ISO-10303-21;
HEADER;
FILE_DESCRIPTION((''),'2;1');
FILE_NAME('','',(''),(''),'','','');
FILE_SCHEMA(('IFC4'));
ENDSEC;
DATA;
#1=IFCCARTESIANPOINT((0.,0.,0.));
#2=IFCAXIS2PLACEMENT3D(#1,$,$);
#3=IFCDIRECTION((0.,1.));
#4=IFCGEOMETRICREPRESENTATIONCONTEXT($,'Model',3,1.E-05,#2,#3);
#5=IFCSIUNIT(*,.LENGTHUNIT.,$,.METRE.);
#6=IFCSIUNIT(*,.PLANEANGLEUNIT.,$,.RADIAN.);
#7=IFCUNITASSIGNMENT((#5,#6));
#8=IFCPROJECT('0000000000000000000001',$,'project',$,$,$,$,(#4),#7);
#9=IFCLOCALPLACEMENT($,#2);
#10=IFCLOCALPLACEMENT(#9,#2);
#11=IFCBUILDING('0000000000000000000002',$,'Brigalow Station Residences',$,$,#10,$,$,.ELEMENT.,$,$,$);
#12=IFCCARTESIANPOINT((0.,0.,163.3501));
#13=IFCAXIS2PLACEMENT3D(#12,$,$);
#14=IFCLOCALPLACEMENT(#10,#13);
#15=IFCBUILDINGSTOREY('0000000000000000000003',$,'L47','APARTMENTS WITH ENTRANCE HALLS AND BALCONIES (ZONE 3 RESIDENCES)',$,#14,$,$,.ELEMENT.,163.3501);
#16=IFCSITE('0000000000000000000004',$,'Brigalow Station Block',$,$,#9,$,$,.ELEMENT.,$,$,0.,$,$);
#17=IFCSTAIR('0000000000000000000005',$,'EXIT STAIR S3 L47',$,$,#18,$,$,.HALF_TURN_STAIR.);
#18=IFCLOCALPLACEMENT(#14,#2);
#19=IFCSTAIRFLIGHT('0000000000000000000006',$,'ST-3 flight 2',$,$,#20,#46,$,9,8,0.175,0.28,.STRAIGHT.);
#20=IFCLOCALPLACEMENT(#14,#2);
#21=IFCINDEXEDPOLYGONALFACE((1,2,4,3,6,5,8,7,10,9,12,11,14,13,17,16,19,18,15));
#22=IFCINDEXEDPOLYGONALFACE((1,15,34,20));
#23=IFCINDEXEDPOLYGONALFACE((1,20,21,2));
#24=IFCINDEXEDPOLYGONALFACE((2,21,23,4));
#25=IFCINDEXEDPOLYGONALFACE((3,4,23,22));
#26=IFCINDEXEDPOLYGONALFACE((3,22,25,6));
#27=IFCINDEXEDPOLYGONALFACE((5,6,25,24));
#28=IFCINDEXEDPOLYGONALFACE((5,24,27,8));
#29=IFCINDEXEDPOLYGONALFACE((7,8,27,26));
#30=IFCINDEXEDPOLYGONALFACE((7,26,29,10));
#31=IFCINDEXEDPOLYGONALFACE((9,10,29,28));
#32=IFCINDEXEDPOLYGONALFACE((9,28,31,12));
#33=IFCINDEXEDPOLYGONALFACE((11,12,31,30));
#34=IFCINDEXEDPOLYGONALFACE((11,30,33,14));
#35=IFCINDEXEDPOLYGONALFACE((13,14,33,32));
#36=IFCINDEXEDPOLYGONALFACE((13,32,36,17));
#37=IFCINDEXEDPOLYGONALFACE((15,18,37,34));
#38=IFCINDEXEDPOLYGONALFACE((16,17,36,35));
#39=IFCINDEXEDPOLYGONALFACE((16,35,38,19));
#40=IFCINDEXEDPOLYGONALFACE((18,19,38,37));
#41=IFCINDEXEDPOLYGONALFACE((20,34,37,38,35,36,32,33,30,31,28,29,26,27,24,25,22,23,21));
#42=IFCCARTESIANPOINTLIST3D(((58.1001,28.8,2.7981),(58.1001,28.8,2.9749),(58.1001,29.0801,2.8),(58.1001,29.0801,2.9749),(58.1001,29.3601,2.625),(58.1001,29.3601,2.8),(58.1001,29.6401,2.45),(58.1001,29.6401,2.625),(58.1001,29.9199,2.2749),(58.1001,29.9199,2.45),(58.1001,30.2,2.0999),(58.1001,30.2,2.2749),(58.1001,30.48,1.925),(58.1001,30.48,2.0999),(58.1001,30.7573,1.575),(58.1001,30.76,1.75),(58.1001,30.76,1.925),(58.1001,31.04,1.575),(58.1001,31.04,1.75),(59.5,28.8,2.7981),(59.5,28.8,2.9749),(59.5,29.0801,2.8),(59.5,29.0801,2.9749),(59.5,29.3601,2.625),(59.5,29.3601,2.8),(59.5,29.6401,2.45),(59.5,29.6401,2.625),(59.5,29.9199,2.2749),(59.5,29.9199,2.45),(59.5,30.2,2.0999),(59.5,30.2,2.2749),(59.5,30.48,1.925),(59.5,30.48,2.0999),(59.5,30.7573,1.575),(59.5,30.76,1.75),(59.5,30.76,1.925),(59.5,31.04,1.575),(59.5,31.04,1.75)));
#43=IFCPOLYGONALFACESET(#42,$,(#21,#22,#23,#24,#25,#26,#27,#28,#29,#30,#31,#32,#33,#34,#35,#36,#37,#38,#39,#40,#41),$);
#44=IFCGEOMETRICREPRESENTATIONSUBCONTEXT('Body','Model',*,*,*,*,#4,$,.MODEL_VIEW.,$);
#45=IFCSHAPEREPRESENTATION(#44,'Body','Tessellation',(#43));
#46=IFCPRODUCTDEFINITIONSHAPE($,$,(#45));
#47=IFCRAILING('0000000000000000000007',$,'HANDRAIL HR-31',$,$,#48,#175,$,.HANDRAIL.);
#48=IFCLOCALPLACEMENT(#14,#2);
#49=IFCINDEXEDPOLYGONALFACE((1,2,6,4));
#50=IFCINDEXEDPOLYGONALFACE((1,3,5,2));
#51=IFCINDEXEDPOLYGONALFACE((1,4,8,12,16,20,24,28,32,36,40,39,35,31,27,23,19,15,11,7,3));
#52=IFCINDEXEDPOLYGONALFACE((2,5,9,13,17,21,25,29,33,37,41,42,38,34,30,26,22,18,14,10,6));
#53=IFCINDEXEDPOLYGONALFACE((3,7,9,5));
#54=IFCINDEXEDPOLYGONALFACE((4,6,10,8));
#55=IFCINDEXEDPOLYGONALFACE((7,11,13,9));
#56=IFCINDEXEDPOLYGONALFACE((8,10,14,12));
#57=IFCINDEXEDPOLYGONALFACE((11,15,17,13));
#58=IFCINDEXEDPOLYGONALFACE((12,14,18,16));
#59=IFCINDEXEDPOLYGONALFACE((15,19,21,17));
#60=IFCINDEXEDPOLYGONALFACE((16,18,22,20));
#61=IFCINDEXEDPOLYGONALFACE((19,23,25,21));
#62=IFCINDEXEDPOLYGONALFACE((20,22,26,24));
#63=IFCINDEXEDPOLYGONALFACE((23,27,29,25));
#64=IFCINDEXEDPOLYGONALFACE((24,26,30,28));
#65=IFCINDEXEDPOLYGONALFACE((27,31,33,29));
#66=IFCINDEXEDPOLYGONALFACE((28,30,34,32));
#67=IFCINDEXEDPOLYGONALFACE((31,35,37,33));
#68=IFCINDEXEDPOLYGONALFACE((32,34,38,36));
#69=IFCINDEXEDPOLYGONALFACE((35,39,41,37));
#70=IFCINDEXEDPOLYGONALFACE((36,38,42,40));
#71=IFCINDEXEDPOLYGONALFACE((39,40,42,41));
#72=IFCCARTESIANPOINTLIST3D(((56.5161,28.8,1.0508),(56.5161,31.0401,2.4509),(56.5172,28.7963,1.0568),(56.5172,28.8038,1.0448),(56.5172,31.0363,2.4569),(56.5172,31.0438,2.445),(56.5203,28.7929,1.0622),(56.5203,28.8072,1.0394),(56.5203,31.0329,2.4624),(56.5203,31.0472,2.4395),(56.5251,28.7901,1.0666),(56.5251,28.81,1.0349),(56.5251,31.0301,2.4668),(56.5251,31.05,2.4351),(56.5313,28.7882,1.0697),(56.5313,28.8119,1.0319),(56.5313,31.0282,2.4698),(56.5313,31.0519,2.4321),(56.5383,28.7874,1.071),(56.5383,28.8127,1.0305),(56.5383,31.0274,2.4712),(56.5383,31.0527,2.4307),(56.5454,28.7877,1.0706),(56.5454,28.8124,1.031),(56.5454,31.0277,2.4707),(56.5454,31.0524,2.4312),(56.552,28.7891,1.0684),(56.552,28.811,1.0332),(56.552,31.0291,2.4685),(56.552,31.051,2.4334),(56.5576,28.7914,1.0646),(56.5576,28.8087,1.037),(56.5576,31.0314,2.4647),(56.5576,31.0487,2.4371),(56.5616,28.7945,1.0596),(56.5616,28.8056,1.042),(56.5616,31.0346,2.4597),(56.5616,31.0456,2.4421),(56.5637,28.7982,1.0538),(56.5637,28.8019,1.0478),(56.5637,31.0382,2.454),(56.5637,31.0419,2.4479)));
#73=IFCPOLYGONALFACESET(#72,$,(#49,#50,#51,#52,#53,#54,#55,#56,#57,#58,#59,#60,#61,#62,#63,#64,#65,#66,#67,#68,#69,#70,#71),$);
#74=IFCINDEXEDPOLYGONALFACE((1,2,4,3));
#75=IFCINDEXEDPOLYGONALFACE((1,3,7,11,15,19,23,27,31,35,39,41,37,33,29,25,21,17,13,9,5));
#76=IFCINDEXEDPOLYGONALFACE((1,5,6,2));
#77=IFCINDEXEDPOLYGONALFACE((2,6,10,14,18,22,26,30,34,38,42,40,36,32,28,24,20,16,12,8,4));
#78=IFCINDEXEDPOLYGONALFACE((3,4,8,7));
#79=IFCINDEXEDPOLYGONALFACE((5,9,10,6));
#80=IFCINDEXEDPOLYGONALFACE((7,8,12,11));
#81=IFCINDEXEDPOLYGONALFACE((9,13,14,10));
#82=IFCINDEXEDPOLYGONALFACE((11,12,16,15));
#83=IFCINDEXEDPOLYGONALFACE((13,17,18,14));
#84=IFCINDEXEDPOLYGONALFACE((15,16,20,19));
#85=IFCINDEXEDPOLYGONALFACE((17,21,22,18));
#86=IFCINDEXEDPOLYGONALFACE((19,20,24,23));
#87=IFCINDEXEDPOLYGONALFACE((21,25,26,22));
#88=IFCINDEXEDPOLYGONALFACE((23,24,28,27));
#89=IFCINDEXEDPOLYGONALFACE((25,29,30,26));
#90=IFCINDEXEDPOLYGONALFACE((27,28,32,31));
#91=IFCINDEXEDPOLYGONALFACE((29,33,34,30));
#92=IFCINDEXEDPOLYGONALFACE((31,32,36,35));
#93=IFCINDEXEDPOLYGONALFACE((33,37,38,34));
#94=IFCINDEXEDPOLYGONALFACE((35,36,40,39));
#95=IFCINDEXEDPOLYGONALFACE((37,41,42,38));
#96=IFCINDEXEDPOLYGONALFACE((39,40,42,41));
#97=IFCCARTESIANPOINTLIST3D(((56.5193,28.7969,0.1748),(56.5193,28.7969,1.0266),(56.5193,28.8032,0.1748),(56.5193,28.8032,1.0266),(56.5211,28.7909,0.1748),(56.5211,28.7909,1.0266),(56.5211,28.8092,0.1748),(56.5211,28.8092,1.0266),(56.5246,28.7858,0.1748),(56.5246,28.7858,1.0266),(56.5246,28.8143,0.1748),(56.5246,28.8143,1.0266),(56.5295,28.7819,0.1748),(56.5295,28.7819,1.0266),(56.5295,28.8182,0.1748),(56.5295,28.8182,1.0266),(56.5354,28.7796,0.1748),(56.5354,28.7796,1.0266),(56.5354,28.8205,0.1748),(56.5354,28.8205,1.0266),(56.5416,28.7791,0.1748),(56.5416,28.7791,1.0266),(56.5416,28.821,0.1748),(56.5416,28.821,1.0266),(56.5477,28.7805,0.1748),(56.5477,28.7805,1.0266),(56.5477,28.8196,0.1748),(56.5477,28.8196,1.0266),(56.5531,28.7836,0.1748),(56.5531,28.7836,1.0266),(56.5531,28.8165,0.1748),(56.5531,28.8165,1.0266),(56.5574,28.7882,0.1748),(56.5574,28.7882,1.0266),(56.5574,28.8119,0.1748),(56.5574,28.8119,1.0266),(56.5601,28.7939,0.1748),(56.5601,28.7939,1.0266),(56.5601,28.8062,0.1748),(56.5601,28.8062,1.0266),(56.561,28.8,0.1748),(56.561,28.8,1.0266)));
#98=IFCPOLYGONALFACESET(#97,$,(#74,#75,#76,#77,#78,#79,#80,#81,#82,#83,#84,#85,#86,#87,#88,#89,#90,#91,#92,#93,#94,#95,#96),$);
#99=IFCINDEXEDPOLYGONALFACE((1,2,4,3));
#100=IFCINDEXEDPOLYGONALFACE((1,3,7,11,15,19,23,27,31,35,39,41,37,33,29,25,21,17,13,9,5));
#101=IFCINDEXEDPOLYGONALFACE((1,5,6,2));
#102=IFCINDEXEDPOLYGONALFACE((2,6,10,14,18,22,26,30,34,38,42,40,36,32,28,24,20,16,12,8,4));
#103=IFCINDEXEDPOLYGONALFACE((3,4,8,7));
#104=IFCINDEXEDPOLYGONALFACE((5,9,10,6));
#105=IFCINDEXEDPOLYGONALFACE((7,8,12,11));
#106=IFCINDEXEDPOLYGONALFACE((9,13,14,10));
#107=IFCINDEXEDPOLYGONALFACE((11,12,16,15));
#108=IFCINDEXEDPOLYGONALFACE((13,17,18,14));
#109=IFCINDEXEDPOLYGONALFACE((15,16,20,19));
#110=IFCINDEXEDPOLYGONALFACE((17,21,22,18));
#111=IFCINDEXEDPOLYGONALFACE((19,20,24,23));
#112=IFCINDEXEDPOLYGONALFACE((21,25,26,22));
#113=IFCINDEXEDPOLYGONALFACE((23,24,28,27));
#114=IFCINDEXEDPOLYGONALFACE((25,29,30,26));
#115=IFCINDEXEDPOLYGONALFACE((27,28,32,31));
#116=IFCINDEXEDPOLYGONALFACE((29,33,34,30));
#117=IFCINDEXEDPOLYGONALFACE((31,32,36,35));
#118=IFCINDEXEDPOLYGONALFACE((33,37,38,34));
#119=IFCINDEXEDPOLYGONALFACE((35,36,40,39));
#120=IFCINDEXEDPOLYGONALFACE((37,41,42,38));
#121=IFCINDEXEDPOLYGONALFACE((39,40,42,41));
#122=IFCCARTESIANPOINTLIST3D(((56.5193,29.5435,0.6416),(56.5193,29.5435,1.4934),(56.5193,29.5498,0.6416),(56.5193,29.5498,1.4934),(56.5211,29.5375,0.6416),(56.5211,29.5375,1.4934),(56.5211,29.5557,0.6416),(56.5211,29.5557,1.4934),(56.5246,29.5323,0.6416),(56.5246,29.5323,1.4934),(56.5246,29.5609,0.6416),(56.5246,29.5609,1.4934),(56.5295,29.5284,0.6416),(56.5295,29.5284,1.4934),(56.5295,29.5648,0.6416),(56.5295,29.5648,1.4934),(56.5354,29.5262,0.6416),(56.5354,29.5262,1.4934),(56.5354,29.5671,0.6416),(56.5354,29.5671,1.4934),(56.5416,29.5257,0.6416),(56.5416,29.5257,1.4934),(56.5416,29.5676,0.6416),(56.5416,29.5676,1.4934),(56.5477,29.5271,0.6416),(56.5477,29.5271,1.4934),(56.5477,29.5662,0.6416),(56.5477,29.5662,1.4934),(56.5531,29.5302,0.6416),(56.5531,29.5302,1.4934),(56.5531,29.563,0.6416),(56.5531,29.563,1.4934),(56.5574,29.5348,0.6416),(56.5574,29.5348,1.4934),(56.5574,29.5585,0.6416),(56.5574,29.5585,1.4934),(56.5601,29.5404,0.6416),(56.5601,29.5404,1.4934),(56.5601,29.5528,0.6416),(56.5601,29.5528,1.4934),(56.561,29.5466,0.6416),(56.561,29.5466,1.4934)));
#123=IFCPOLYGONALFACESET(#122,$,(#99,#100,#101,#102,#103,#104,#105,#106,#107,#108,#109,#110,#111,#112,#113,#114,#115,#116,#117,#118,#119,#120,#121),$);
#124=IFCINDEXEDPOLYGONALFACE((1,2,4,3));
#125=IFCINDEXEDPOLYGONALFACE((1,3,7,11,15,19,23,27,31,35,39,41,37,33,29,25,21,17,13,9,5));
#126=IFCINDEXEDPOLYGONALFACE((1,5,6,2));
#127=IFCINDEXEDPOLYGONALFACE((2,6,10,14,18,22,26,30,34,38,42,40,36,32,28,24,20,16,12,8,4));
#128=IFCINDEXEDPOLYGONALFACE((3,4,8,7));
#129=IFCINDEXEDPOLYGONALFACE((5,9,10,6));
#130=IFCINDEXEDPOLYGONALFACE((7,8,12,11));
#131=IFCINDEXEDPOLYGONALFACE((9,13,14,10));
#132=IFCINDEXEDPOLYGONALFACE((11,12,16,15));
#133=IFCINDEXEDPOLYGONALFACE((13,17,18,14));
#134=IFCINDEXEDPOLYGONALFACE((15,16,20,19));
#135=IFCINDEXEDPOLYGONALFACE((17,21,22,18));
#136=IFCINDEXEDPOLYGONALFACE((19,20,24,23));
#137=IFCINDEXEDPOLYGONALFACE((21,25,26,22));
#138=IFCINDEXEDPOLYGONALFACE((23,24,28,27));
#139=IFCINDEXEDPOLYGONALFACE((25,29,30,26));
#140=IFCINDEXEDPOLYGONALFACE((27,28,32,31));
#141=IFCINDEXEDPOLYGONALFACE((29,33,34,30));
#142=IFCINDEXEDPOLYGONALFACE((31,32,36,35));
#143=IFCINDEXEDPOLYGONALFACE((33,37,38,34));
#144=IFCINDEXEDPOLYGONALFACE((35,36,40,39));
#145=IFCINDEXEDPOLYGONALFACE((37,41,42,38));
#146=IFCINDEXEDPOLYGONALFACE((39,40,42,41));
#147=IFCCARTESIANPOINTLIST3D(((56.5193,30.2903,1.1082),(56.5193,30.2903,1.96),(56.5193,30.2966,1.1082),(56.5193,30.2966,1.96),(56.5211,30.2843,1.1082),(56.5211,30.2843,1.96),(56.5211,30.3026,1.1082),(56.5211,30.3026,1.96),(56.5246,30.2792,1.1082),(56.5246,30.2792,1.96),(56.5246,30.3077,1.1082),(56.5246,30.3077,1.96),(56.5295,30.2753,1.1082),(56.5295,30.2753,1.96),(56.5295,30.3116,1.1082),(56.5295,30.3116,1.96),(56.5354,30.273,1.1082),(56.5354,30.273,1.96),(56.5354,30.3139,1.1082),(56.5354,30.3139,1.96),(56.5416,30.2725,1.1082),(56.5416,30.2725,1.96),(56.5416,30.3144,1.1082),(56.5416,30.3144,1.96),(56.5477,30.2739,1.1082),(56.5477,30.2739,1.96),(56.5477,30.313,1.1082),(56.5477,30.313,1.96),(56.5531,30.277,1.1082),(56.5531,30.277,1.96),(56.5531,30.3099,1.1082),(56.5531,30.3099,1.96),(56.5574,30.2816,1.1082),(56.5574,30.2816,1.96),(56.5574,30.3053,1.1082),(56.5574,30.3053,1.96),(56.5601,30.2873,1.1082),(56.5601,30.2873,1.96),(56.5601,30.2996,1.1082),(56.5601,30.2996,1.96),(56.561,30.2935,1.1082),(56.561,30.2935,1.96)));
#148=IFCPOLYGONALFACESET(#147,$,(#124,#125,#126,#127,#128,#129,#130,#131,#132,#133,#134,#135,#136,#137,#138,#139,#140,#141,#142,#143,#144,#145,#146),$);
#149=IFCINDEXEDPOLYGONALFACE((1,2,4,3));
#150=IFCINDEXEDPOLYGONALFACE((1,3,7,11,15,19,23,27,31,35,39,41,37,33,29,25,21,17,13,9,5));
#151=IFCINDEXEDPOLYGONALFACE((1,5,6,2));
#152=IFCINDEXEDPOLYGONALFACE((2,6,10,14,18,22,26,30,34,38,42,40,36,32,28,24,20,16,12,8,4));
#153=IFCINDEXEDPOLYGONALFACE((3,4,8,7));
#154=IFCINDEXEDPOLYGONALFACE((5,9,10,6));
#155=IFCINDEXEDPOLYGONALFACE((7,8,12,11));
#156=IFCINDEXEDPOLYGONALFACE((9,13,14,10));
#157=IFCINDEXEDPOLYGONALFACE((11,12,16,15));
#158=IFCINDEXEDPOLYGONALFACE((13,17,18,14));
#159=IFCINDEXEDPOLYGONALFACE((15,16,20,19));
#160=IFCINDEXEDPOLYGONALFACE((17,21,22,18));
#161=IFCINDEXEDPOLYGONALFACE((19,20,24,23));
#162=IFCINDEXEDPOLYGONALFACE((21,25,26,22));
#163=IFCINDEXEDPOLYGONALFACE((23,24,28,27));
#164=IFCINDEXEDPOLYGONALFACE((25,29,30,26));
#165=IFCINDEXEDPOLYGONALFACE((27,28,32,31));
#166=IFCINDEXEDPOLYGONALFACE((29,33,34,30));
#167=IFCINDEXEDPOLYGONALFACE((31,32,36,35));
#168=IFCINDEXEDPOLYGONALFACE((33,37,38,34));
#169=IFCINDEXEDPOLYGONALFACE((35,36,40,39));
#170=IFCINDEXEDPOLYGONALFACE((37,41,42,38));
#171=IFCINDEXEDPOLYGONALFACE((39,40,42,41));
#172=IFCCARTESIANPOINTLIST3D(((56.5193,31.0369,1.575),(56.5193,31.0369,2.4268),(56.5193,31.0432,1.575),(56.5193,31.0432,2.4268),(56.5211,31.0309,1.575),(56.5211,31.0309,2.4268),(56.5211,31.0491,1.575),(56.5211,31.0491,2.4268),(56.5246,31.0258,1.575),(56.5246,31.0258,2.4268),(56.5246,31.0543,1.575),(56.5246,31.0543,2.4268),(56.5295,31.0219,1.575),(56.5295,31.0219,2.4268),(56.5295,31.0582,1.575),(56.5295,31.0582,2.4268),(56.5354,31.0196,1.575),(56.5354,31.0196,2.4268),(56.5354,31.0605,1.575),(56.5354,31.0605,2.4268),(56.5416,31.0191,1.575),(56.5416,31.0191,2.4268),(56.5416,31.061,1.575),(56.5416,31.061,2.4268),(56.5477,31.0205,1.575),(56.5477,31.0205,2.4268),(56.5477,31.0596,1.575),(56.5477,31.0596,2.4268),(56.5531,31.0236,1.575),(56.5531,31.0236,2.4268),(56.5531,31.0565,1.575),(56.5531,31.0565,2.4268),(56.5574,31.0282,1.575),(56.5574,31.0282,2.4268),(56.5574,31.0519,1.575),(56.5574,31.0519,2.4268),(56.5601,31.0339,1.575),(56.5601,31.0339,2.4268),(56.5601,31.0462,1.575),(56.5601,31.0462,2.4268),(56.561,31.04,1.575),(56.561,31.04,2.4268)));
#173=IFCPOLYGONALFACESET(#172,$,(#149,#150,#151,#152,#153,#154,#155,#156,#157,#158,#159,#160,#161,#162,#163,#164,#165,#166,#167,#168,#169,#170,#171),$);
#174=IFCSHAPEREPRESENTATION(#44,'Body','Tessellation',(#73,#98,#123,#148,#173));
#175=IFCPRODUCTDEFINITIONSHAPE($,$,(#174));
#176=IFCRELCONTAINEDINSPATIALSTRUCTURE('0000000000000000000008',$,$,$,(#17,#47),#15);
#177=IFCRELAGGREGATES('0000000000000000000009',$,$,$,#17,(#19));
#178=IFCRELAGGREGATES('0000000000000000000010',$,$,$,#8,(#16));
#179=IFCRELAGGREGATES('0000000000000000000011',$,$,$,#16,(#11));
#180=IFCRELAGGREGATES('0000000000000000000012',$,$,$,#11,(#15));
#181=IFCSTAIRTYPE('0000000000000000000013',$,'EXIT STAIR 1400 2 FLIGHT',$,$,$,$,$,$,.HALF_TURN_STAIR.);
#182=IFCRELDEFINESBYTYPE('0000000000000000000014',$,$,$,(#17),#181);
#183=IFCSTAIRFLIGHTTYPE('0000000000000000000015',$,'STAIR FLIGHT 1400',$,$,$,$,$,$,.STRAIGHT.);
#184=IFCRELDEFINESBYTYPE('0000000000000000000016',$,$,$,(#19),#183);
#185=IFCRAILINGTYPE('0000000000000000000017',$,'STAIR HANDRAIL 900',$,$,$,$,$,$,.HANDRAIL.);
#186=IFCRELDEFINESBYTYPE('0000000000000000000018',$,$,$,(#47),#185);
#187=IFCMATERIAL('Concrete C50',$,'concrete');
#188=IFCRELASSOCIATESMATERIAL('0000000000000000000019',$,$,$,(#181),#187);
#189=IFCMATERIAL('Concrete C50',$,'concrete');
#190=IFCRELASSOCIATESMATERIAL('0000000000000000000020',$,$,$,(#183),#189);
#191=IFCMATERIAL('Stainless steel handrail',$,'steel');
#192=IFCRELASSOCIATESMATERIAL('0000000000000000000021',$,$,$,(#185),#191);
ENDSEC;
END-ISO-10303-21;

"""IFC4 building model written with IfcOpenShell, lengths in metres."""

from ifc_helpers import new_model, si_unit, direction, frame, origin, origin_2d, place, context, subcontext, project, spatial, polyline, circle, outline, extrude, material, type_object, element, aggregate, save


model = new_model("IFC4")

# Units and contexts
model_context = context("Model", 3, precision=1e-05, world=origin(), true_north=direction((0.0, 1.0)))
body_context = subcontext(model_context, "Body", "Model", "MODEL_VIEW")
ifc_project = project(units=[si_unit("LENGTHUNIT", "METRE"), si_unit("PLANEANGLEUNIT", "RADIAN")], contexts=[model_context])

# Site, building, storey
site_placement = place(None, origin())
site = spatial("IfcSite", under=ifc_project, at=site_placement, Name="Brigalow Station Block", CompositionType="ELEMENT", RefElevation=0.0)
building_placement = place(site_placement, origin())
building = spatial("IfcBuilding", under=site, at=building_placement, Name="Brigalow Station Residences", CompositionType="ELEMENT")
storey_placement = place(building_placement, frame((0.0, 0.0, 163.3501)))
storey = spatial("IfcBuildingStorey", under=building, at=storey_placement, Name="L47", Description="APARTMENTS WITH ENTRANCE HALLS AND BALCONIES (ZONE 3 RESIDENCES)", CompositionType="ELEMENT", Elevation=163.3501)

# Stair, stair flight
ifc_material_1 = material(Name="Concrete C50", Category="concrete")
stair_type = type_object("IfcStairType", Name="EXIT STAIR 1400 2 FLIGHT", PredefinedType="HALF_TURN_STAIR", material=ifc_material_1)
stair_placement = place(storey_placement, origin())
stair = element("IfcStair", 1, at=stair_placement, inside=storey, type_object=stair_type, Name="EXIT STAIR S3 L47", PredefinedType="HALF_TURN_STAIR")
ifc_material_2 = material(Name="Concrete C50", Category="concrete")
stair_flight_type = type_object("IfcStairFlightType", Name="STAIR FLIGHT 1400", PredefinedType="STRAIGHT", material=ifc_material_2)
stair_flight_1_placement = place(storey_placement, frame((58.8, 31.04, 1.575), z_axis=(0.0, 0.0, 1.0), x_axis=(0.0, -1.0, 0.0)))
stair_flight_1 = element("IfcStairFlight", 2, at=stair_flight_1_placement, type_object=stair_flight_type, Name="ST-3 flight 2", NumberOfRisers=9, NumberOfTreads=8, PredefinedType="STRAIGHT", RiserHeight=0.175, TreadLength=0.28, context=body_context, shape_type="SweptSolid", body=[
    extrude(outline(polyline([(0.0, 0.0), (0.0, 0.175), (0.28, 0.175), (0.28, 0.3501), (0.5601, 0.3501), (0.5601, 0.5249), (0.8401, 0.5249), (0.8401, 0.7), (1.1201, 0.7), (1.1201, 0.875), (1.3999, 0.875), (1.3999, 1.05), (1.6799, 1.05), (1.6799, 1.2251), (1.96, 1.2251), (1.96, 1.3999), (2.24, 1.3999), (2.24, 1.575), (2.24, 1.2231), (0.2827, 0.0), (0.0, 0.0)])), frame((0.0, 0.7, 0.0), z_axis=(0.0, -1.0, 0.0), x_axis=(1.0, 0.0, 0.0)), (0.0, 0.0, 1.0), 1.3999),
])
aggregate(stair, [stair_flight_1])

# Railing
ifc_material_3 = material(Name="Stainless steel handrail", Category="steel")
railing_type_1 = type_object("IfcRailingType", Name="STAIR HANDRAIL 900", PredefinedType="HANDRAIL", material=ifc_material_3)
railing_1_placement = place(storey_placement, frame((56.54, 28.8, 0.1748)))
element("IfcRailing", 3, at=railing_1_placement, inside=storey, type_object=railing_type_1, Name="HANDRAIL HR-31", PredefinedType="HANDRAIL", context=body_context, shape_type="SweptSolid", body=[
    extrude(circle(Radius=0.0239, at=origin_2d()), frame((0.0, 0.0, 0.876), z_axis=(0.0, 0.847972, 0.53004), x_axis=(-1.0, 0.0, 0.0)), (0.0, 0.0, 1.0), 2.6416),
    extrude(circle(Radius=0.021, at=origin_2d()), origin(), (0.0, 0.0, 1.0), 0.8518),
    extrude(circle(Radius=0.021, at=origin_2d()), frame((0.0, 0.7466, 0.4668)), (0.0, 0.0, 1.0), 0.8518),
    extrude(circle(Radius=0.021, at=origin_2d()), frame((0.0, 1.4934, 0.9333)), (0.0, 0.0, 1.0), 0.8518),
    extrude(circle(Radius=0.021, at=origin_2d()), frame((0.0, 2.24, 1.4001)), (0.0, 0.0, 1.0), 0.8518),
])

save(model, "model.ifc")
